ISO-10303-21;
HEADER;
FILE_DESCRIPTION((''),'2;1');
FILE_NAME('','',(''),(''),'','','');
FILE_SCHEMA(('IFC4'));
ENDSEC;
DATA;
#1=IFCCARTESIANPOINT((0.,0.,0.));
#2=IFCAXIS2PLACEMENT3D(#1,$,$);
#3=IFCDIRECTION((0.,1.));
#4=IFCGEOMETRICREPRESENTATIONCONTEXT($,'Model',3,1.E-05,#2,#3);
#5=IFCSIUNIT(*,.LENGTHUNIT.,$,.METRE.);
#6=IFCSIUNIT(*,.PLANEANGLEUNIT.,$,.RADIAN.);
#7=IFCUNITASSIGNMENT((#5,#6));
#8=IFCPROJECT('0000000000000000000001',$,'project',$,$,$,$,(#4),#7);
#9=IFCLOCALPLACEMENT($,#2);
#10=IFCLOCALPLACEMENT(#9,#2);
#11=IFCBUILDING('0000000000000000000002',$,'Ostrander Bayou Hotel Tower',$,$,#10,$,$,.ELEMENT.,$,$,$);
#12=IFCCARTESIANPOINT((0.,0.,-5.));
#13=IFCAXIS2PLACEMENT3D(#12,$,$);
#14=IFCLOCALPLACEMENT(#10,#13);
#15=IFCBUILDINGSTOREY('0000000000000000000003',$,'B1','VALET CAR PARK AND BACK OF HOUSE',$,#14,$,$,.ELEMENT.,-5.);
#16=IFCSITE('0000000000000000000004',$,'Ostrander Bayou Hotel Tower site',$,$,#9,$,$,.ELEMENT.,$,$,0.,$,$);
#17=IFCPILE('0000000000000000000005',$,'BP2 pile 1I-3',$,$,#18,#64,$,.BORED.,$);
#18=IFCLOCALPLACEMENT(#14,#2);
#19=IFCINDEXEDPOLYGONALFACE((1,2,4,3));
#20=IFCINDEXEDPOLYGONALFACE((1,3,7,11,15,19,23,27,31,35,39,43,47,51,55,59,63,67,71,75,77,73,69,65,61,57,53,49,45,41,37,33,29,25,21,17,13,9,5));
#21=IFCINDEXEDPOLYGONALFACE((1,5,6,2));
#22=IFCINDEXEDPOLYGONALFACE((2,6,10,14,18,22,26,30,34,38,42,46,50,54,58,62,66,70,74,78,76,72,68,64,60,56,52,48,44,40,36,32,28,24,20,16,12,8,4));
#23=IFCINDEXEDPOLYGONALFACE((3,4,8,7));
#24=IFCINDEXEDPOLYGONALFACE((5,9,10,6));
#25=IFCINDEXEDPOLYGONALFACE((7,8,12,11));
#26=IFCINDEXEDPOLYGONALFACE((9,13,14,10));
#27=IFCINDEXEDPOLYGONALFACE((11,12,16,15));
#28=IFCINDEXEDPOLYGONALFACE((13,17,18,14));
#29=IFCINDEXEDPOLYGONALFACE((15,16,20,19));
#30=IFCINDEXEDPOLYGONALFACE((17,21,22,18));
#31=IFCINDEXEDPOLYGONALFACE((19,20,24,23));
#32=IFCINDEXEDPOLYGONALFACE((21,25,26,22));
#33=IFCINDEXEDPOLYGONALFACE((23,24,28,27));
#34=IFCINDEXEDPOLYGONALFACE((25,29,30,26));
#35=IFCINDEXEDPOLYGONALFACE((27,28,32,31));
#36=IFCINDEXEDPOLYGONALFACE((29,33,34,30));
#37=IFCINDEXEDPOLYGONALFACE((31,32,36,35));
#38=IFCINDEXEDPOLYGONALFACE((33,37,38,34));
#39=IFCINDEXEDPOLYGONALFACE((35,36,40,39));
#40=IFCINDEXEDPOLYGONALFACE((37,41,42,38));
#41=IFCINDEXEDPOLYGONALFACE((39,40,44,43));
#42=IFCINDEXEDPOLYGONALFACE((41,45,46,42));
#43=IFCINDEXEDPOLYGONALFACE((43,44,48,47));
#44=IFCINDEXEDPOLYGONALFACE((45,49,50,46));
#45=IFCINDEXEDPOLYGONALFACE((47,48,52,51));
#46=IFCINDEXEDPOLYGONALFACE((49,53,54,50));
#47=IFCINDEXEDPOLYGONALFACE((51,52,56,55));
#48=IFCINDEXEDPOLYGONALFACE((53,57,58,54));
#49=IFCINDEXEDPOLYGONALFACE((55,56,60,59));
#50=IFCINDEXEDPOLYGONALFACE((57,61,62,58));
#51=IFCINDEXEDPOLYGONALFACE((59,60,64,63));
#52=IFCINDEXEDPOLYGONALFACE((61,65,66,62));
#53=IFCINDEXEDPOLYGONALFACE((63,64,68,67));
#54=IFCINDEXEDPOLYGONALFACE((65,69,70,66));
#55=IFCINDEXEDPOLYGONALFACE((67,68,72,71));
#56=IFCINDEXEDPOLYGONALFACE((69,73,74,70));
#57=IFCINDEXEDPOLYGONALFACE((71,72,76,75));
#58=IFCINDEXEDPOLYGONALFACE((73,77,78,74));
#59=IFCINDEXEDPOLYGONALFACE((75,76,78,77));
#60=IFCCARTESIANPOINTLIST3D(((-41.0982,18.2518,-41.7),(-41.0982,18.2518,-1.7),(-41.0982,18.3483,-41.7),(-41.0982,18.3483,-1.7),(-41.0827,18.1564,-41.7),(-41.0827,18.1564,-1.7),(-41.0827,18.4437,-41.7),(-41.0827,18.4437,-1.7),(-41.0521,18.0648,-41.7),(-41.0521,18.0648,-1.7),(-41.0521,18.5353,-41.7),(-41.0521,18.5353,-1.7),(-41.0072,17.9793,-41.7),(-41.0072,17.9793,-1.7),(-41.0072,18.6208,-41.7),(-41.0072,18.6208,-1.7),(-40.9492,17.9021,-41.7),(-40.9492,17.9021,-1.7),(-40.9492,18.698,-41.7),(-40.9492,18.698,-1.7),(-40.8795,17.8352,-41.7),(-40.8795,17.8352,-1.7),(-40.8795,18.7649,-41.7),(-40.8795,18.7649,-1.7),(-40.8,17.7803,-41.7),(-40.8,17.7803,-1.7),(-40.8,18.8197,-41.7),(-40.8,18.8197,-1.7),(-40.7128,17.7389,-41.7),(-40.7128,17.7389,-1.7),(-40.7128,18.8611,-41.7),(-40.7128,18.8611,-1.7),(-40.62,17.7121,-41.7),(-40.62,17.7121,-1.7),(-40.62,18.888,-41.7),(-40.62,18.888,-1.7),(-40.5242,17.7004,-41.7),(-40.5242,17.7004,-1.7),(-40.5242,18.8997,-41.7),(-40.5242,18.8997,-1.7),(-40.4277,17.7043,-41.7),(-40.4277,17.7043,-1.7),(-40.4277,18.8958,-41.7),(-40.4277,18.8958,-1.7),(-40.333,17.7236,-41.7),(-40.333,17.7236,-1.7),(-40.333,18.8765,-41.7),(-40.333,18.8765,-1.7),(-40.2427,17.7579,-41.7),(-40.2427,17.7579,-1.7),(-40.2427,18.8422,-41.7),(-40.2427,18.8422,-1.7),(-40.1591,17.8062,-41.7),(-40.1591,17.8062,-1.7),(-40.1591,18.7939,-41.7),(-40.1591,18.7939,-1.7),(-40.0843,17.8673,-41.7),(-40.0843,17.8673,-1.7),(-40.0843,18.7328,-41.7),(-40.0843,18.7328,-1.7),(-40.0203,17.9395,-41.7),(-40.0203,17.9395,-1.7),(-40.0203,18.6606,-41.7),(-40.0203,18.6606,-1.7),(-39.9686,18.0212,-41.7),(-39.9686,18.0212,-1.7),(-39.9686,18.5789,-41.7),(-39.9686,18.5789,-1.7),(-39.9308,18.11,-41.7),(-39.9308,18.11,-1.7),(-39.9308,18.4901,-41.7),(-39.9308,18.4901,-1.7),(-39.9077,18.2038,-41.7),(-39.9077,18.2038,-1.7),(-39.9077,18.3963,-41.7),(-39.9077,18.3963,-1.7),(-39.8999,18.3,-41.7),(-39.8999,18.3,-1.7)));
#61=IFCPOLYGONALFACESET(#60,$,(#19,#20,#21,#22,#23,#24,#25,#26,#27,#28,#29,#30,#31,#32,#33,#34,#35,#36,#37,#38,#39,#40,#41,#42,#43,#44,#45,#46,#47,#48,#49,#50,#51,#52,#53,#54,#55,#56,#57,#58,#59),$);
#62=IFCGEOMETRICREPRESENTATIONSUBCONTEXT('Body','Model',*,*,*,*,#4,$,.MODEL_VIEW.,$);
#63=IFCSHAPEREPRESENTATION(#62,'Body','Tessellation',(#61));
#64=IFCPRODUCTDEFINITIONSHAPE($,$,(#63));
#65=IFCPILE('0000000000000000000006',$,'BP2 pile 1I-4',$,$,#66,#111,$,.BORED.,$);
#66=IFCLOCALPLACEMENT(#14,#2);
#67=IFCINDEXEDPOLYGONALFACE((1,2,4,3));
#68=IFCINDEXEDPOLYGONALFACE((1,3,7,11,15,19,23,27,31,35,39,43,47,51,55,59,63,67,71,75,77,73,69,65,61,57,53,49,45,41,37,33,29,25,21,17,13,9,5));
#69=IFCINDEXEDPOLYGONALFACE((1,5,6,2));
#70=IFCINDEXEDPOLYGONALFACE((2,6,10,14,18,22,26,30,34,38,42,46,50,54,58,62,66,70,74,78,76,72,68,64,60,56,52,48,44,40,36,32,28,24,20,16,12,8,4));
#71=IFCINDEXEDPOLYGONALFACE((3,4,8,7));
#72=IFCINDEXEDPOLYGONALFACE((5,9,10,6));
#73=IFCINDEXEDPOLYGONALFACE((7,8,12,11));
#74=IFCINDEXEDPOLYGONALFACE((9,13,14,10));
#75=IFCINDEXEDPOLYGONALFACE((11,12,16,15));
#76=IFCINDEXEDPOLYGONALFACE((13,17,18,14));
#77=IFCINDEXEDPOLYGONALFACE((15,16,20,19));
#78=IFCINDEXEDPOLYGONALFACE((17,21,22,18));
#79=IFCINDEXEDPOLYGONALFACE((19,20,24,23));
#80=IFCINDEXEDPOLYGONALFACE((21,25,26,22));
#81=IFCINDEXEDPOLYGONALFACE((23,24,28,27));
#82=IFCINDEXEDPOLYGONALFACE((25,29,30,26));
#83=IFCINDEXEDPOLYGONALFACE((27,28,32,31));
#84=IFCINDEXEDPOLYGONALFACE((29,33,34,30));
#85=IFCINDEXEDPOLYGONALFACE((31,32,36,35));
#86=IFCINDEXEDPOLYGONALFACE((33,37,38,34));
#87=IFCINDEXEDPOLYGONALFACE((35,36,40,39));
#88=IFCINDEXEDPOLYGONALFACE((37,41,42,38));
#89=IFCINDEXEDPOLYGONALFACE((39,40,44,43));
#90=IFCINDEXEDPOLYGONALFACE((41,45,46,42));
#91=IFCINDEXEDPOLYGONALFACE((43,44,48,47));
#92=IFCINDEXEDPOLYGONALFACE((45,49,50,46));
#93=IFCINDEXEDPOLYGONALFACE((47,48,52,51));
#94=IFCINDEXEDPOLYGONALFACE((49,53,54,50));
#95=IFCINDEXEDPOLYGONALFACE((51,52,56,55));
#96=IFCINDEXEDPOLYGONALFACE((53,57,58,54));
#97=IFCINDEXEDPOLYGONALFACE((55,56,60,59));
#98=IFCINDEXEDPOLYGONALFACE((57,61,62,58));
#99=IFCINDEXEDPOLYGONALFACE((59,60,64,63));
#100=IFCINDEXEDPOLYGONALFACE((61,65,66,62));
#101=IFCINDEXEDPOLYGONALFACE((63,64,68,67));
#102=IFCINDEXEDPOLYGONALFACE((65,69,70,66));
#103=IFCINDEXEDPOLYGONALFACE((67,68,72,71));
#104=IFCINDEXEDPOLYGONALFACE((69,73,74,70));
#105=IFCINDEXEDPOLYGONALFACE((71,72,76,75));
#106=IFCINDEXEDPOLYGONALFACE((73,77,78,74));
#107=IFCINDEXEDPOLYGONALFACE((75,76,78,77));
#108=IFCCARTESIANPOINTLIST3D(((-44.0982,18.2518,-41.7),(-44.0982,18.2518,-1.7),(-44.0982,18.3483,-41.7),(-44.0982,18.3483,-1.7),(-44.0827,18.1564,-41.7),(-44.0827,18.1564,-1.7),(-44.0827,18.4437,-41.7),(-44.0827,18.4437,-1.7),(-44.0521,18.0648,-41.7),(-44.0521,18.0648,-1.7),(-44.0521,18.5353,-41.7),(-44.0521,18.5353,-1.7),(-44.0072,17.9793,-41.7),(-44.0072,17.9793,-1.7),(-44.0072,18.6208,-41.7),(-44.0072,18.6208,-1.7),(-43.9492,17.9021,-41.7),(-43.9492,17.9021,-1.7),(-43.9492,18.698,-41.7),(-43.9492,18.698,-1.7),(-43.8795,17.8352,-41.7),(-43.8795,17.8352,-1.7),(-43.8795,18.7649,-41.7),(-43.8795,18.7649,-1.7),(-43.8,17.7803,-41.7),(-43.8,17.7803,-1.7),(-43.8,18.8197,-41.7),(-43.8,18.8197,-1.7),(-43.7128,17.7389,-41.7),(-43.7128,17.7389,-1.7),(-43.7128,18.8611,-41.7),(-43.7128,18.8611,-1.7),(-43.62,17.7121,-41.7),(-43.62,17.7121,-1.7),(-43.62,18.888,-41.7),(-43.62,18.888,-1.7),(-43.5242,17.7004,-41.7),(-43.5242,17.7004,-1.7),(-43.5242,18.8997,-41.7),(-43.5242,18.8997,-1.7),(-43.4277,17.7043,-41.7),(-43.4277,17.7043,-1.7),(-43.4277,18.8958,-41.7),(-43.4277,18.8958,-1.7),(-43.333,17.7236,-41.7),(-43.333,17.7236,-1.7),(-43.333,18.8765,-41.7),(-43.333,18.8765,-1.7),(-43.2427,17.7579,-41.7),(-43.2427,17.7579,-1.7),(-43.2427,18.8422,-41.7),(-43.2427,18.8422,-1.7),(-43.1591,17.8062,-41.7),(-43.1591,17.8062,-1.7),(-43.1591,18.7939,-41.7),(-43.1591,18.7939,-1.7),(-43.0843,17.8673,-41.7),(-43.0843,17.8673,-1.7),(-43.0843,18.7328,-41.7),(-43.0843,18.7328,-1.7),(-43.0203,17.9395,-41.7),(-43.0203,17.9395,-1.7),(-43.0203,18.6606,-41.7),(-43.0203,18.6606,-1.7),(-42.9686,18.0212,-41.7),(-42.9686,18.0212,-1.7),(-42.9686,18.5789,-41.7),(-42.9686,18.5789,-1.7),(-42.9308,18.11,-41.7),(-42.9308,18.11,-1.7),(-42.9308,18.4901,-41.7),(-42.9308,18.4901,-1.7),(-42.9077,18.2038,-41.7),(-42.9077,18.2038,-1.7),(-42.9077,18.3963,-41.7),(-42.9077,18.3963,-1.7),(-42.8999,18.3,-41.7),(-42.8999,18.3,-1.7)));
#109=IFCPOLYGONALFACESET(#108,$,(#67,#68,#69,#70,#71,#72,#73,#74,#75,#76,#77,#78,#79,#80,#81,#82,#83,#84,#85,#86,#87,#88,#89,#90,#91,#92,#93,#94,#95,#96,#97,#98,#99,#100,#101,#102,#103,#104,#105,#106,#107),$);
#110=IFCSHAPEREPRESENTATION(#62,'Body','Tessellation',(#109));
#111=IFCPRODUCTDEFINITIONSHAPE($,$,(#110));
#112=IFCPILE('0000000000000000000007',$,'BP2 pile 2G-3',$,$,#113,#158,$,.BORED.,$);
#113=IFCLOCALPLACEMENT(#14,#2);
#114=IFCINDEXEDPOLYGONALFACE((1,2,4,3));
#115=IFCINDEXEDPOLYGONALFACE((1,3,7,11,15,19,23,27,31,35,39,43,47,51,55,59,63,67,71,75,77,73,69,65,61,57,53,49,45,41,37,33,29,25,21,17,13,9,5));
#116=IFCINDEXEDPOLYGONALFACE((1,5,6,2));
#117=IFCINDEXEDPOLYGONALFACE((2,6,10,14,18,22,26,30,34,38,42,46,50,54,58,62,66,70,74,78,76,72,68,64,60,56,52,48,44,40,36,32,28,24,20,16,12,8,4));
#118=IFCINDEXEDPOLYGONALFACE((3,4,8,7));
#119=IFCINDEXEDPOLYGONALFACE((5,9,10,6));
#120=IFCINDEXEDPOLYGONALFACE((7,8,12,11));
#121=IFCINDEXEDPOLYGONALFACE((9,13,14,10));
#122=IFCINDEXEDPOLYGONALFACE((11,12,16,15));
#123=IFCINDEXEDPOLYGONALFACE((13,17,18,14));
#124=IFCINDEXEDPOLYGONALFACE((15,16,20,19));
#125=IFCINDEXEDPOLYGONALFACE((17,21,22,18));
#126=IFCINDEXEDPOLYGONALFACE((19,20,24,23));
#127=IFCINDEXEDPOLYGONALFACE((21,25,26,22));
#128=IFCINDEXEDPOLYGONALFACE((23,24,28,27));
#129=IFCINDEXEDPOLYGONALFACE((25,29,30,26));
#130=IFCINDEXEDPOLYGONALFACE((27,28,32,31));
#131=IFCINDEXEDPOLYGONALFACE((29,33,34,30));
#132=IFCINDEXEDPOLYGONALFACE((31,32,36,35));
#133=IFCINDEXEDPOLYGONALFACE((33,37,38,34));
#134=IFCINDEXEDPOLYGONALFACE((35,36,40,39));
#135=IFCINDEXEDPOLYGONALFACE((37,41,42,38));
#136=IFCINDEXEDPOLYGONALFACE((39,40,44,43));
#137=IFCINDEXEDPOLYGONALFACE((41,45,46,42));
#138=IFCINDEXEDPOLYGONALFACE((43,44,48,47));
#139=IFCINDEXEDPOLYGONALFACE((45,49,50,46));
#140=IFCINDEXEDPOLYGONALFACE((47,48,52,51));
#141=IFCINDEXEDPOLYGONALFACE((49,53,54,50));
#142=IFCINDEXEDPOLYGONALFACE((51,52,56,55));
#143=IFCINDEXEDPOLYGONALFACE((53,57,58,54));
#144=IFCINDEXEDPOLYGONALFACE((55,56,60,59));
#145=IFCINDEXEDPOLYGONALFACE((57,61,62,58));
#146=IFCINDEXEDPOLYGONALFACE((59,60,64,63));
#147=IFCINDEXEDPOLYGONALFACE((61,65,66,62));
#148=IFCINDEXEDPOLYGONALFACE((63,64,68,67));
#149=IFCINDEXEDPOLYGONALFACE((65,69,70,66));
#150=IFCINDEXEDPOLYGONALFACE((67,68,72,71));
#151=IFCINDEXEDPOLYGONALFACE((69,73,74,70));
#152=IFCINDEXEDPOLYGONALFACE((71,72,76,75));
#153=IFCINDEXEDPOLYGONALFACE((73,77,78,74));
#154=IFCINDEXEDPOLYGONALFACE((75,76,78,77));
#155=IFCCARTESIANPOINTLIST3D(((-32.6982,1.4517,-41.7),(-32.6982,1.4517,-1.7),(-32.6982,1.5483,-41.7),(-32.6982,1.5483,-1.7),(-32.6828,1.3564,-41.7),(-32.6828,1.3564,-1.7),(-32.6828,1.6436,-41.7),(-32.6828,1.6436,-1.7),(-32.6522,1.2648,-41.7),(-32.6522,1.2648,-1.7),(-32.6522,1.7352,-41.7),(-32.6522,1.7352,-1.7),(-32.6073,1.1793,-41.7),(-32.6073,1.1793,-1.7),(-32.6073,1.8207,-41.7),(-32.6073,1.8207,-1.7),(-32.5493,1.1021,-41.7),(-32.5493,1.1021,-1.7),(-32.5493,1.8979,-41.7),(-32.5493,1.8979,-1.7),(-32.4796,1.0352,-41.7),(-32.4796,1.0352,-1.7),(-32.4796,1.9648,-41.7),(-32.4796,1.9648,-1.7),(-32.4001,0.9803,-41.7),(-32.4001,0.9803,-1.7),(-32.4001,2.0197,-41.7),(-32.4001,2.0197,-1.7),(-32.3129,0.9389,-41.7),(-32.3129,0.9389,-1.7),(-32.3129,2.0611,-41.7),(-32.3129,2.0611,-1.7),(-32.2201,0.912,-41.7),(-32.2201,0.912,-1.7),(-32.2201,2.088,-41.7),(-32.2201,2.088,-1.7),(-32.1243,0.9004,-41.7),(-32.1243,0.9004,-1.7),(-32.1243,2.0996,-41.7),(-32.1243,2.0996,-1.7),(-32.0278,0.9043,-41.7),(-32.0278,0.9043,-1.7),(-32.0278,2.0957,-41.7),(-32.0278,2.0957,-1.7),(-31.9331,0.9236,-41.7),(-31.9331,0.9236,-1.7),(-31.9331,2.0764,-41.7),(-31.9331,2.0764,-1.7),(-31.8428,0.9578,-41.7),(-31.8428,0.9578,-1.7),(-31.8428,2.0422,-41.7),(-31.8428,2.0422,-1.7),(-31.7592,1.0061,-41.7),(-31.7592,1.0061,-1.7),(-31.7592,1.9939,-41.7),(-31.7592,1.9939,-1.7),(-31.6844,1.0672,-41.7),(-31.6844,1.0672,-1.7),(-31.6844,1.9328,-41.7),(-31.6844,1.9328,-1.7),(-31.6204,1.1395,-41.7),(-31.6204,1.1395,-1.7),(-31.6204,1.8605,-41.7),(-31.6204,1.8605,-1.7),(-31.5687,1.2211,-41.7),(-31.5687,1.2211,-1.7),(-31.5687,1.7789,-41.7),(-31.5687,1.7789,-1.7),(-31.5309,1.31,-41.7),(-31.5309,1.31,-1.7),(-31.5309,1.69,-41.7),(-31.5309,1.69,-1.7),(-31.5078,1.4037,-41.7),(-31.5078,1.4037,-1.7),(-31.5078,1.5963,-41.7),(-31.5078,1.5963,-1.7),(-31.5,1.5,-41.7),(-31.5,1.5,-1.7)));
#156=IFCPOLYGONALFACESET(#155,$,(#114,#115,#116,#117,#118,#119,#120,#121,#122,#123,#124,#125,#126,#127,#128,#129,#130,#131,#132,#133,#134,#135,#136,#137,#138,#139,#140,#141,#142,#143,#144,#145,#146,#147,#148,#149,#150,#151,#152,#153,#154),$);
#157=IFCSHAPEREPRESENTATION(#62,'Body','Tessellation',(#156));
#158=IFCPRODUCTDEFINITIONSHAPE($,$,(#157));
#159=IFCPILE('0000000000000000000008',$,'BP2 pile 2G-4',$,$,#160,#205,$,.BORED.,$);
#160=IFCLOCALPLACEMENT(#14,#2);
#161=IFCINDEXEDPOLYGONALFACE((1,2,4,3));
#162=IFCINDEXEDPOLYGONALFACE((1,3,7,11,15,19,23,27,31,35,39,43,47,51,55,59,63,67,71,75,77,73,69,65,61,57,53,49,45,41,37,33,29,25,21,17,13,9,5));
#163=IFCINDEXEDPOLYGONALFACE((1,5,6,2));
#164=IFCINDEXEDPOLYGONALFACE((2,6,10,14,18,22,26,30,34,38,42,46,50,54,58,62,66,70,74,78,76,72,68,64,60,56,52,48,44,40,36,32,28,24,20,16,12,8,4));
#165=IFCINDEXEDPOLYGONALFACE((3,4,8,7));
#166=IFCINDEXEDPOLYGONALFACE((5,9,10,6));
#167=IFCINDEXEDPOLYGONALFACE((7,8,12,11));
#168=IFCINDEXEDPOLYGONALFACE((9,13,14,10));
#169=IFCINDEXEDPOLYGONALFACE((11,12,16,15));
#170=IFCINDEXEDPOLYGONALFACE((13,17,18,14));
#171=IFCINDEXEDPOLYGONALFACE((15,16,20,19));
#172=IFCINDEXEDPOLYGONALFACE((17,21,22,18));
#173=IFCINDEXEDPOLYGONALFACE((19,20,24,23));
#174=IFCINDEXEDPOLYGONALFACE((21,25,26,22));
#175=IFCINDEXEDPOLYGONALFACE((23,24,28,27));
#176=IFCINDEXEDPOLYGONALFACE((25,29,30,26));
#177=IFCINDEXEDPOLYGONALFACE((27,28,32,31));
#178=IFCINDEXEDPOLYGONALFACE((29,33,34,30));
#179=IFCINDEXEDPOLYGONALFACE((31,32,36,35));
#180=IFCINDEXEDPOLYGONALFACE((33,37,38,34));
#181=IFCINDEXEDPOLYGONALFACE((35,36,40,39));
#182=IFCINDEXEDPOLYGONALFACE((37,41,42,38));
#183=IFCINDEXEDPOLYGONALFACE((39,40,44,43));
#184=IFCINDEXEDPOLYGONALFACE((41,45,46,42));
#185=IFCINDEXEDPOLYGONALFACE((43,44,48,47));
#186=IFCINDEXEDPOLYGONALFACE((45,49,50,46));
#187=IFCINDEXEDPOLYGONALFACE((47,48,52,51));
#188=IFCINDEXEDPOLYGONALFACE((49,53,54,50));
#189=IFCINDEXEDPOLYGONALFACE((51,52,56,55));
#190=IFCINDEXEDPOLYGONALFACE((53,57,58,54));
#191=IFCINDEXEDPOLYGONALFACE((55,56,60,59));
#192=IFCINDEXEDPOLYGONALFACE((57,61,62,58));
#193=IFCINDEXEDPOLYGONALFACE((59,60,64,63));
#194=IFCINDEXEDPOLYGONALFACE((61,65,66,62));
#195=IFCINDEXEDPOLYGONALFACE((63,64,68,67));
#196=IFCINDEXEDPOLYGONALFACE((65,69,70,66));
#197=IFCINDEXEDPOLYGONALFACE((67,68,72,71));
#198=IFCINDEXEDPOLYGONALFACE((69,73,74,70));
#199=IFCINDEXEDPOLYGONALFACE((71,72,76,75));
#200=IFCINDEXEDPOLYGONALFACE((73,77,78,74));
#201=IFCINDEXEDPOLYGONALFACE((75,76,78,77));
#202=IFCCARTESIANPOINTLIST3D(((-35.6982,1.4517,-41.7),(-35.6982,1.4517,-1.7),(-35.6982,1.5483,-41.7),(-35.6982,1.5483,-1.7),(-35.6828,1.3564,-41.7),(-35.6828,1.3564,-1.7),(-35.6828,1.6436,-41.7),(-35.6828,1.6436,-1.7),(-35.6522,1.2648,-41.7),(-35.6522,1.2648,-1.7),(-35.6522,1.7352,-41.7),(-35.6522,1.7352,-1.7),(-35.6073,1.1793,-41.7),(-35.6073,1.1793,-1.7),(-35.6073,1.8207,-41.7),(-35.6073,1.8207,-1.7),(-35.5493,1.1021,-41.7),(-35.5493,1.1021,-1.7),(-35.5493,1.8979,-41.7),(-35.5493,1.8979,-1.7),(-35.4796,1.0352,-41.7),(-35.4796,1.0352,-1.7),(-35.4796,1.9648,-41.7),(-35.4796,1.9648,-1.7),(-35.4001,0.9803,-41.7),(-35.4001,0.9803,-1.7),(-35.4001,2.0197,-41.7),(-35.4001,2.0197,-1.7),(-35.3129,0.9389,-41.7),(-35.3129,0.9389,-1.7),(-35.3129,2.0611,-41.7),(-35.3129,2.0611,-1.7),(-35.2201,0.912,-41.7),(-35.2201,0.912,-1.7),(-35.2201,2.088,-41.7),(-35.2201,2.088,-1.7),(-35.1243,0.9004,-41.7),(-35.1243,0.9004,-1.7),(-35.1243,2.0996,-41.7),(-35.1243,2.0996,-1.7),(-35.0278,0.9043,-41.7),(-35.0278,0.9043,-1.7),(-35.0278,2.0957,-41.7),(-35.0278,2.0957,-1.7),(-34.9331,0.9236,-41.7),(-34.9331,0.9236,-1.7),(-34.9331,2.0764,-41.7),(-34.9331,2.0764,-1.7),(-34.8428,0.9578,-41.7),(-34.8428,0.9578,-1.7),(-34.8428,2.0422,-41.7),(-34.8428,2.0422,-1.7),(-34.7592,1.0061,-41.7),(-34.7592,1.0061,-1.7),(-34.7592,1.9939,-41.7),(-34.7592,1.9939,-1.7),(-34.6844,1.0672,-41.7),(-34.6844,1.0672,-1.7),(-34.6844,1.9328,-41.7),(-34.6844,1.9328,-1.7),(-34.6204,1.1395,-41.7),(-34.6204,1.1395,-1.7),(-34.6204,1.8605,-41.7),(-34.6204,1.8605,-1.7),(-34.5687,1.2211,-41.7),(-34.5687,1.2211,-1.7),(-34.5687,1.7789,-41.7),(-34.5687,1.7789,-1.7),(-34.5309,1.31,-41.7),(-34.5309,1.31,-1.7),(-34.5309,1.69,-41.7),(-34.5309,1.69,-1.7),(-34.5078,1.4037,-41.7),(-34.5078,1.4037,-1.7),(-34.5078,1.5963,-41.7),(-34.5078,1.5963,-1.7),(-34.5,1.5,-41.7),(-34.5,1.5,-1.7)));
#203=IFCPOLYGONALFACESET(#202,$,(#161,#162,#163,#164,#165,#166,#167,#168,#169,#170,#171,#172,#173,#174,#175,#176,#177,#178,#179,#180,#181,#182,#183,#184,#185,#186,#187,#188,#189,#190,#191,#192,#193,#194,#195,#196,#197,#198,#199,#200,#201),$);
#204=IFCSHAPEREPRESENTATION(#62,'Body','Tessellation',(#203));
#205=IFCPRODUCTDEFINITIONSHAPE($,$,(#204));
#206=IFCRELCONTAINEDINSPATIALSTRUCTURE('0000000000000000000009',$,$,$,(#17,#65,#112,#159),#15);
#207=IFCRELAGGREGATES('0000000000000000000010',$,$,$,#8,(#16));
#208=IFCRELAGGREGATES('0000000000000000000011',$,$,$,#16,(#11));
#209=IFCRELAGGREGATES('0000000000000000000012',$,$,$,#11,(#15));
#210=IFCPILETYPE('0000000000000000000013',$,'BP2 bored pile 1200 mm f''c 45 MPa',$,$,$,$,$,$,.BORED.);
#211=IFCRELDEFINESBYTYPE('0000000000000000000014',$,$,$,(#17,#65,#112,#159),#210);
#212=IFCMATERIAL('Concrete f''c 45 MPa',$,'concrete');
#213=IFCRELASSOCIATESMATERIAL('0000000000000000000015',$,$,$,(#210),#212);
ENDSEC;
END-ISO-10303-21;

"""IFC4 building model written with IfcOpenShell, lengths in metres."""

from ifc_helpers import new_model, si_unit, direction, frame, origin, origin_2d, place, context, subcontext, project, spatial, circle, extrude, material, material_profile, profile_set, type_object, element, save


model = new_model("IFC4")

# Units and contexts
model_context = context("Model", 3, precision=1e-05, world=origin(), true_north=direction((0.0, 1.0)))
body_context = subcontext(model_context, "Body", "Model", "MODEL_VIEW")
ifc_project = project(units=[si_unit("LENGTHUNIT", "METRE"), si_unit("PLANEANGLEUNIT", "RADIAN")], contexts=[model_context])

# Site, building, storey
site_placement = place(None, origin())
site = spatial("IfcSite", under=ifc_project, at=site_placement, Name="Ostrander Bayou Hotel Tower site", CompositionType="ELEMENT", RefElevation=0.0)
building_placement = place(site_placement, origin())
building = spatial("IfcBuilding", under=site, at=building_placement, Name="Ostrander Bayou Hotel Tower", CompositionType="ELEMENT")
storey_placement = place(building_placement, frame((0.0, 0.0, -5.0)))
storey = spatial("IfcBuildingStorey", under=building, at=storey_placement, Name="B1", Description="VALET CAR PARK AND BACK OF HOUSE", CompositionType="ELEMENT", Elevation=-5.0)

# Piles
ifc_material_1 = material(Name="Concrete f'c 45 MPa", Category="concrete")
ifc_material_profile_1 = material_profile(ifc_material_1, circle(Radius=0.6001, at=origin_2d()))
ifc_profile_set_1 = profile_set([ifc_material_profile_1], Name="Concrete f'c 45 MPa")
pile_type_1 = type_object("IfcPileType", Name="BP2 bored pile 1200 mm f'c 45 MPa", PredefinedType="BORED", material=ifc_profile_set_1)
for number, where, z_axis, x_axis, name in (
    (1, (-40.5, 18.3, -1.7), (0.0, 0.0, -1.0), (1.0, 0.0, 0.0), "BP2 pile 1I-3"),
    (2, (-43.5, 18.3, -1.7), (0.0, 0.0, -1.0), (1.0, 0.0, 0.0), "BP2 pile 1I-4"),
    (3, (-32.1001, 1.5, -1.7), (0.0, 0.0, -1.0), (1.0, 0.0, 0.0), "BP2 pile 2G-3"),
    (4, (-35.1001, 1.5, -1.7), (0.0, 0.0, -1.0), (1.0, 0.0, 0.0), "BP2 pile 2G-4"),
):
    element("IfcPile", number, at=place(storey_placement, frame(where, z_axis=z_axis, x_axis=x_axis)), inside=storey, type_object=pile_type_1, Name=name, PredefinedType="BORED", context=body_context, shape_type="SweptSolid", body=[
        extrude(circle(Radius=0.6001, at=origin_2d()), origin(), (0.0, 0.0, 1.0), 40.0),
    ])

save(model, "model.ifc")
